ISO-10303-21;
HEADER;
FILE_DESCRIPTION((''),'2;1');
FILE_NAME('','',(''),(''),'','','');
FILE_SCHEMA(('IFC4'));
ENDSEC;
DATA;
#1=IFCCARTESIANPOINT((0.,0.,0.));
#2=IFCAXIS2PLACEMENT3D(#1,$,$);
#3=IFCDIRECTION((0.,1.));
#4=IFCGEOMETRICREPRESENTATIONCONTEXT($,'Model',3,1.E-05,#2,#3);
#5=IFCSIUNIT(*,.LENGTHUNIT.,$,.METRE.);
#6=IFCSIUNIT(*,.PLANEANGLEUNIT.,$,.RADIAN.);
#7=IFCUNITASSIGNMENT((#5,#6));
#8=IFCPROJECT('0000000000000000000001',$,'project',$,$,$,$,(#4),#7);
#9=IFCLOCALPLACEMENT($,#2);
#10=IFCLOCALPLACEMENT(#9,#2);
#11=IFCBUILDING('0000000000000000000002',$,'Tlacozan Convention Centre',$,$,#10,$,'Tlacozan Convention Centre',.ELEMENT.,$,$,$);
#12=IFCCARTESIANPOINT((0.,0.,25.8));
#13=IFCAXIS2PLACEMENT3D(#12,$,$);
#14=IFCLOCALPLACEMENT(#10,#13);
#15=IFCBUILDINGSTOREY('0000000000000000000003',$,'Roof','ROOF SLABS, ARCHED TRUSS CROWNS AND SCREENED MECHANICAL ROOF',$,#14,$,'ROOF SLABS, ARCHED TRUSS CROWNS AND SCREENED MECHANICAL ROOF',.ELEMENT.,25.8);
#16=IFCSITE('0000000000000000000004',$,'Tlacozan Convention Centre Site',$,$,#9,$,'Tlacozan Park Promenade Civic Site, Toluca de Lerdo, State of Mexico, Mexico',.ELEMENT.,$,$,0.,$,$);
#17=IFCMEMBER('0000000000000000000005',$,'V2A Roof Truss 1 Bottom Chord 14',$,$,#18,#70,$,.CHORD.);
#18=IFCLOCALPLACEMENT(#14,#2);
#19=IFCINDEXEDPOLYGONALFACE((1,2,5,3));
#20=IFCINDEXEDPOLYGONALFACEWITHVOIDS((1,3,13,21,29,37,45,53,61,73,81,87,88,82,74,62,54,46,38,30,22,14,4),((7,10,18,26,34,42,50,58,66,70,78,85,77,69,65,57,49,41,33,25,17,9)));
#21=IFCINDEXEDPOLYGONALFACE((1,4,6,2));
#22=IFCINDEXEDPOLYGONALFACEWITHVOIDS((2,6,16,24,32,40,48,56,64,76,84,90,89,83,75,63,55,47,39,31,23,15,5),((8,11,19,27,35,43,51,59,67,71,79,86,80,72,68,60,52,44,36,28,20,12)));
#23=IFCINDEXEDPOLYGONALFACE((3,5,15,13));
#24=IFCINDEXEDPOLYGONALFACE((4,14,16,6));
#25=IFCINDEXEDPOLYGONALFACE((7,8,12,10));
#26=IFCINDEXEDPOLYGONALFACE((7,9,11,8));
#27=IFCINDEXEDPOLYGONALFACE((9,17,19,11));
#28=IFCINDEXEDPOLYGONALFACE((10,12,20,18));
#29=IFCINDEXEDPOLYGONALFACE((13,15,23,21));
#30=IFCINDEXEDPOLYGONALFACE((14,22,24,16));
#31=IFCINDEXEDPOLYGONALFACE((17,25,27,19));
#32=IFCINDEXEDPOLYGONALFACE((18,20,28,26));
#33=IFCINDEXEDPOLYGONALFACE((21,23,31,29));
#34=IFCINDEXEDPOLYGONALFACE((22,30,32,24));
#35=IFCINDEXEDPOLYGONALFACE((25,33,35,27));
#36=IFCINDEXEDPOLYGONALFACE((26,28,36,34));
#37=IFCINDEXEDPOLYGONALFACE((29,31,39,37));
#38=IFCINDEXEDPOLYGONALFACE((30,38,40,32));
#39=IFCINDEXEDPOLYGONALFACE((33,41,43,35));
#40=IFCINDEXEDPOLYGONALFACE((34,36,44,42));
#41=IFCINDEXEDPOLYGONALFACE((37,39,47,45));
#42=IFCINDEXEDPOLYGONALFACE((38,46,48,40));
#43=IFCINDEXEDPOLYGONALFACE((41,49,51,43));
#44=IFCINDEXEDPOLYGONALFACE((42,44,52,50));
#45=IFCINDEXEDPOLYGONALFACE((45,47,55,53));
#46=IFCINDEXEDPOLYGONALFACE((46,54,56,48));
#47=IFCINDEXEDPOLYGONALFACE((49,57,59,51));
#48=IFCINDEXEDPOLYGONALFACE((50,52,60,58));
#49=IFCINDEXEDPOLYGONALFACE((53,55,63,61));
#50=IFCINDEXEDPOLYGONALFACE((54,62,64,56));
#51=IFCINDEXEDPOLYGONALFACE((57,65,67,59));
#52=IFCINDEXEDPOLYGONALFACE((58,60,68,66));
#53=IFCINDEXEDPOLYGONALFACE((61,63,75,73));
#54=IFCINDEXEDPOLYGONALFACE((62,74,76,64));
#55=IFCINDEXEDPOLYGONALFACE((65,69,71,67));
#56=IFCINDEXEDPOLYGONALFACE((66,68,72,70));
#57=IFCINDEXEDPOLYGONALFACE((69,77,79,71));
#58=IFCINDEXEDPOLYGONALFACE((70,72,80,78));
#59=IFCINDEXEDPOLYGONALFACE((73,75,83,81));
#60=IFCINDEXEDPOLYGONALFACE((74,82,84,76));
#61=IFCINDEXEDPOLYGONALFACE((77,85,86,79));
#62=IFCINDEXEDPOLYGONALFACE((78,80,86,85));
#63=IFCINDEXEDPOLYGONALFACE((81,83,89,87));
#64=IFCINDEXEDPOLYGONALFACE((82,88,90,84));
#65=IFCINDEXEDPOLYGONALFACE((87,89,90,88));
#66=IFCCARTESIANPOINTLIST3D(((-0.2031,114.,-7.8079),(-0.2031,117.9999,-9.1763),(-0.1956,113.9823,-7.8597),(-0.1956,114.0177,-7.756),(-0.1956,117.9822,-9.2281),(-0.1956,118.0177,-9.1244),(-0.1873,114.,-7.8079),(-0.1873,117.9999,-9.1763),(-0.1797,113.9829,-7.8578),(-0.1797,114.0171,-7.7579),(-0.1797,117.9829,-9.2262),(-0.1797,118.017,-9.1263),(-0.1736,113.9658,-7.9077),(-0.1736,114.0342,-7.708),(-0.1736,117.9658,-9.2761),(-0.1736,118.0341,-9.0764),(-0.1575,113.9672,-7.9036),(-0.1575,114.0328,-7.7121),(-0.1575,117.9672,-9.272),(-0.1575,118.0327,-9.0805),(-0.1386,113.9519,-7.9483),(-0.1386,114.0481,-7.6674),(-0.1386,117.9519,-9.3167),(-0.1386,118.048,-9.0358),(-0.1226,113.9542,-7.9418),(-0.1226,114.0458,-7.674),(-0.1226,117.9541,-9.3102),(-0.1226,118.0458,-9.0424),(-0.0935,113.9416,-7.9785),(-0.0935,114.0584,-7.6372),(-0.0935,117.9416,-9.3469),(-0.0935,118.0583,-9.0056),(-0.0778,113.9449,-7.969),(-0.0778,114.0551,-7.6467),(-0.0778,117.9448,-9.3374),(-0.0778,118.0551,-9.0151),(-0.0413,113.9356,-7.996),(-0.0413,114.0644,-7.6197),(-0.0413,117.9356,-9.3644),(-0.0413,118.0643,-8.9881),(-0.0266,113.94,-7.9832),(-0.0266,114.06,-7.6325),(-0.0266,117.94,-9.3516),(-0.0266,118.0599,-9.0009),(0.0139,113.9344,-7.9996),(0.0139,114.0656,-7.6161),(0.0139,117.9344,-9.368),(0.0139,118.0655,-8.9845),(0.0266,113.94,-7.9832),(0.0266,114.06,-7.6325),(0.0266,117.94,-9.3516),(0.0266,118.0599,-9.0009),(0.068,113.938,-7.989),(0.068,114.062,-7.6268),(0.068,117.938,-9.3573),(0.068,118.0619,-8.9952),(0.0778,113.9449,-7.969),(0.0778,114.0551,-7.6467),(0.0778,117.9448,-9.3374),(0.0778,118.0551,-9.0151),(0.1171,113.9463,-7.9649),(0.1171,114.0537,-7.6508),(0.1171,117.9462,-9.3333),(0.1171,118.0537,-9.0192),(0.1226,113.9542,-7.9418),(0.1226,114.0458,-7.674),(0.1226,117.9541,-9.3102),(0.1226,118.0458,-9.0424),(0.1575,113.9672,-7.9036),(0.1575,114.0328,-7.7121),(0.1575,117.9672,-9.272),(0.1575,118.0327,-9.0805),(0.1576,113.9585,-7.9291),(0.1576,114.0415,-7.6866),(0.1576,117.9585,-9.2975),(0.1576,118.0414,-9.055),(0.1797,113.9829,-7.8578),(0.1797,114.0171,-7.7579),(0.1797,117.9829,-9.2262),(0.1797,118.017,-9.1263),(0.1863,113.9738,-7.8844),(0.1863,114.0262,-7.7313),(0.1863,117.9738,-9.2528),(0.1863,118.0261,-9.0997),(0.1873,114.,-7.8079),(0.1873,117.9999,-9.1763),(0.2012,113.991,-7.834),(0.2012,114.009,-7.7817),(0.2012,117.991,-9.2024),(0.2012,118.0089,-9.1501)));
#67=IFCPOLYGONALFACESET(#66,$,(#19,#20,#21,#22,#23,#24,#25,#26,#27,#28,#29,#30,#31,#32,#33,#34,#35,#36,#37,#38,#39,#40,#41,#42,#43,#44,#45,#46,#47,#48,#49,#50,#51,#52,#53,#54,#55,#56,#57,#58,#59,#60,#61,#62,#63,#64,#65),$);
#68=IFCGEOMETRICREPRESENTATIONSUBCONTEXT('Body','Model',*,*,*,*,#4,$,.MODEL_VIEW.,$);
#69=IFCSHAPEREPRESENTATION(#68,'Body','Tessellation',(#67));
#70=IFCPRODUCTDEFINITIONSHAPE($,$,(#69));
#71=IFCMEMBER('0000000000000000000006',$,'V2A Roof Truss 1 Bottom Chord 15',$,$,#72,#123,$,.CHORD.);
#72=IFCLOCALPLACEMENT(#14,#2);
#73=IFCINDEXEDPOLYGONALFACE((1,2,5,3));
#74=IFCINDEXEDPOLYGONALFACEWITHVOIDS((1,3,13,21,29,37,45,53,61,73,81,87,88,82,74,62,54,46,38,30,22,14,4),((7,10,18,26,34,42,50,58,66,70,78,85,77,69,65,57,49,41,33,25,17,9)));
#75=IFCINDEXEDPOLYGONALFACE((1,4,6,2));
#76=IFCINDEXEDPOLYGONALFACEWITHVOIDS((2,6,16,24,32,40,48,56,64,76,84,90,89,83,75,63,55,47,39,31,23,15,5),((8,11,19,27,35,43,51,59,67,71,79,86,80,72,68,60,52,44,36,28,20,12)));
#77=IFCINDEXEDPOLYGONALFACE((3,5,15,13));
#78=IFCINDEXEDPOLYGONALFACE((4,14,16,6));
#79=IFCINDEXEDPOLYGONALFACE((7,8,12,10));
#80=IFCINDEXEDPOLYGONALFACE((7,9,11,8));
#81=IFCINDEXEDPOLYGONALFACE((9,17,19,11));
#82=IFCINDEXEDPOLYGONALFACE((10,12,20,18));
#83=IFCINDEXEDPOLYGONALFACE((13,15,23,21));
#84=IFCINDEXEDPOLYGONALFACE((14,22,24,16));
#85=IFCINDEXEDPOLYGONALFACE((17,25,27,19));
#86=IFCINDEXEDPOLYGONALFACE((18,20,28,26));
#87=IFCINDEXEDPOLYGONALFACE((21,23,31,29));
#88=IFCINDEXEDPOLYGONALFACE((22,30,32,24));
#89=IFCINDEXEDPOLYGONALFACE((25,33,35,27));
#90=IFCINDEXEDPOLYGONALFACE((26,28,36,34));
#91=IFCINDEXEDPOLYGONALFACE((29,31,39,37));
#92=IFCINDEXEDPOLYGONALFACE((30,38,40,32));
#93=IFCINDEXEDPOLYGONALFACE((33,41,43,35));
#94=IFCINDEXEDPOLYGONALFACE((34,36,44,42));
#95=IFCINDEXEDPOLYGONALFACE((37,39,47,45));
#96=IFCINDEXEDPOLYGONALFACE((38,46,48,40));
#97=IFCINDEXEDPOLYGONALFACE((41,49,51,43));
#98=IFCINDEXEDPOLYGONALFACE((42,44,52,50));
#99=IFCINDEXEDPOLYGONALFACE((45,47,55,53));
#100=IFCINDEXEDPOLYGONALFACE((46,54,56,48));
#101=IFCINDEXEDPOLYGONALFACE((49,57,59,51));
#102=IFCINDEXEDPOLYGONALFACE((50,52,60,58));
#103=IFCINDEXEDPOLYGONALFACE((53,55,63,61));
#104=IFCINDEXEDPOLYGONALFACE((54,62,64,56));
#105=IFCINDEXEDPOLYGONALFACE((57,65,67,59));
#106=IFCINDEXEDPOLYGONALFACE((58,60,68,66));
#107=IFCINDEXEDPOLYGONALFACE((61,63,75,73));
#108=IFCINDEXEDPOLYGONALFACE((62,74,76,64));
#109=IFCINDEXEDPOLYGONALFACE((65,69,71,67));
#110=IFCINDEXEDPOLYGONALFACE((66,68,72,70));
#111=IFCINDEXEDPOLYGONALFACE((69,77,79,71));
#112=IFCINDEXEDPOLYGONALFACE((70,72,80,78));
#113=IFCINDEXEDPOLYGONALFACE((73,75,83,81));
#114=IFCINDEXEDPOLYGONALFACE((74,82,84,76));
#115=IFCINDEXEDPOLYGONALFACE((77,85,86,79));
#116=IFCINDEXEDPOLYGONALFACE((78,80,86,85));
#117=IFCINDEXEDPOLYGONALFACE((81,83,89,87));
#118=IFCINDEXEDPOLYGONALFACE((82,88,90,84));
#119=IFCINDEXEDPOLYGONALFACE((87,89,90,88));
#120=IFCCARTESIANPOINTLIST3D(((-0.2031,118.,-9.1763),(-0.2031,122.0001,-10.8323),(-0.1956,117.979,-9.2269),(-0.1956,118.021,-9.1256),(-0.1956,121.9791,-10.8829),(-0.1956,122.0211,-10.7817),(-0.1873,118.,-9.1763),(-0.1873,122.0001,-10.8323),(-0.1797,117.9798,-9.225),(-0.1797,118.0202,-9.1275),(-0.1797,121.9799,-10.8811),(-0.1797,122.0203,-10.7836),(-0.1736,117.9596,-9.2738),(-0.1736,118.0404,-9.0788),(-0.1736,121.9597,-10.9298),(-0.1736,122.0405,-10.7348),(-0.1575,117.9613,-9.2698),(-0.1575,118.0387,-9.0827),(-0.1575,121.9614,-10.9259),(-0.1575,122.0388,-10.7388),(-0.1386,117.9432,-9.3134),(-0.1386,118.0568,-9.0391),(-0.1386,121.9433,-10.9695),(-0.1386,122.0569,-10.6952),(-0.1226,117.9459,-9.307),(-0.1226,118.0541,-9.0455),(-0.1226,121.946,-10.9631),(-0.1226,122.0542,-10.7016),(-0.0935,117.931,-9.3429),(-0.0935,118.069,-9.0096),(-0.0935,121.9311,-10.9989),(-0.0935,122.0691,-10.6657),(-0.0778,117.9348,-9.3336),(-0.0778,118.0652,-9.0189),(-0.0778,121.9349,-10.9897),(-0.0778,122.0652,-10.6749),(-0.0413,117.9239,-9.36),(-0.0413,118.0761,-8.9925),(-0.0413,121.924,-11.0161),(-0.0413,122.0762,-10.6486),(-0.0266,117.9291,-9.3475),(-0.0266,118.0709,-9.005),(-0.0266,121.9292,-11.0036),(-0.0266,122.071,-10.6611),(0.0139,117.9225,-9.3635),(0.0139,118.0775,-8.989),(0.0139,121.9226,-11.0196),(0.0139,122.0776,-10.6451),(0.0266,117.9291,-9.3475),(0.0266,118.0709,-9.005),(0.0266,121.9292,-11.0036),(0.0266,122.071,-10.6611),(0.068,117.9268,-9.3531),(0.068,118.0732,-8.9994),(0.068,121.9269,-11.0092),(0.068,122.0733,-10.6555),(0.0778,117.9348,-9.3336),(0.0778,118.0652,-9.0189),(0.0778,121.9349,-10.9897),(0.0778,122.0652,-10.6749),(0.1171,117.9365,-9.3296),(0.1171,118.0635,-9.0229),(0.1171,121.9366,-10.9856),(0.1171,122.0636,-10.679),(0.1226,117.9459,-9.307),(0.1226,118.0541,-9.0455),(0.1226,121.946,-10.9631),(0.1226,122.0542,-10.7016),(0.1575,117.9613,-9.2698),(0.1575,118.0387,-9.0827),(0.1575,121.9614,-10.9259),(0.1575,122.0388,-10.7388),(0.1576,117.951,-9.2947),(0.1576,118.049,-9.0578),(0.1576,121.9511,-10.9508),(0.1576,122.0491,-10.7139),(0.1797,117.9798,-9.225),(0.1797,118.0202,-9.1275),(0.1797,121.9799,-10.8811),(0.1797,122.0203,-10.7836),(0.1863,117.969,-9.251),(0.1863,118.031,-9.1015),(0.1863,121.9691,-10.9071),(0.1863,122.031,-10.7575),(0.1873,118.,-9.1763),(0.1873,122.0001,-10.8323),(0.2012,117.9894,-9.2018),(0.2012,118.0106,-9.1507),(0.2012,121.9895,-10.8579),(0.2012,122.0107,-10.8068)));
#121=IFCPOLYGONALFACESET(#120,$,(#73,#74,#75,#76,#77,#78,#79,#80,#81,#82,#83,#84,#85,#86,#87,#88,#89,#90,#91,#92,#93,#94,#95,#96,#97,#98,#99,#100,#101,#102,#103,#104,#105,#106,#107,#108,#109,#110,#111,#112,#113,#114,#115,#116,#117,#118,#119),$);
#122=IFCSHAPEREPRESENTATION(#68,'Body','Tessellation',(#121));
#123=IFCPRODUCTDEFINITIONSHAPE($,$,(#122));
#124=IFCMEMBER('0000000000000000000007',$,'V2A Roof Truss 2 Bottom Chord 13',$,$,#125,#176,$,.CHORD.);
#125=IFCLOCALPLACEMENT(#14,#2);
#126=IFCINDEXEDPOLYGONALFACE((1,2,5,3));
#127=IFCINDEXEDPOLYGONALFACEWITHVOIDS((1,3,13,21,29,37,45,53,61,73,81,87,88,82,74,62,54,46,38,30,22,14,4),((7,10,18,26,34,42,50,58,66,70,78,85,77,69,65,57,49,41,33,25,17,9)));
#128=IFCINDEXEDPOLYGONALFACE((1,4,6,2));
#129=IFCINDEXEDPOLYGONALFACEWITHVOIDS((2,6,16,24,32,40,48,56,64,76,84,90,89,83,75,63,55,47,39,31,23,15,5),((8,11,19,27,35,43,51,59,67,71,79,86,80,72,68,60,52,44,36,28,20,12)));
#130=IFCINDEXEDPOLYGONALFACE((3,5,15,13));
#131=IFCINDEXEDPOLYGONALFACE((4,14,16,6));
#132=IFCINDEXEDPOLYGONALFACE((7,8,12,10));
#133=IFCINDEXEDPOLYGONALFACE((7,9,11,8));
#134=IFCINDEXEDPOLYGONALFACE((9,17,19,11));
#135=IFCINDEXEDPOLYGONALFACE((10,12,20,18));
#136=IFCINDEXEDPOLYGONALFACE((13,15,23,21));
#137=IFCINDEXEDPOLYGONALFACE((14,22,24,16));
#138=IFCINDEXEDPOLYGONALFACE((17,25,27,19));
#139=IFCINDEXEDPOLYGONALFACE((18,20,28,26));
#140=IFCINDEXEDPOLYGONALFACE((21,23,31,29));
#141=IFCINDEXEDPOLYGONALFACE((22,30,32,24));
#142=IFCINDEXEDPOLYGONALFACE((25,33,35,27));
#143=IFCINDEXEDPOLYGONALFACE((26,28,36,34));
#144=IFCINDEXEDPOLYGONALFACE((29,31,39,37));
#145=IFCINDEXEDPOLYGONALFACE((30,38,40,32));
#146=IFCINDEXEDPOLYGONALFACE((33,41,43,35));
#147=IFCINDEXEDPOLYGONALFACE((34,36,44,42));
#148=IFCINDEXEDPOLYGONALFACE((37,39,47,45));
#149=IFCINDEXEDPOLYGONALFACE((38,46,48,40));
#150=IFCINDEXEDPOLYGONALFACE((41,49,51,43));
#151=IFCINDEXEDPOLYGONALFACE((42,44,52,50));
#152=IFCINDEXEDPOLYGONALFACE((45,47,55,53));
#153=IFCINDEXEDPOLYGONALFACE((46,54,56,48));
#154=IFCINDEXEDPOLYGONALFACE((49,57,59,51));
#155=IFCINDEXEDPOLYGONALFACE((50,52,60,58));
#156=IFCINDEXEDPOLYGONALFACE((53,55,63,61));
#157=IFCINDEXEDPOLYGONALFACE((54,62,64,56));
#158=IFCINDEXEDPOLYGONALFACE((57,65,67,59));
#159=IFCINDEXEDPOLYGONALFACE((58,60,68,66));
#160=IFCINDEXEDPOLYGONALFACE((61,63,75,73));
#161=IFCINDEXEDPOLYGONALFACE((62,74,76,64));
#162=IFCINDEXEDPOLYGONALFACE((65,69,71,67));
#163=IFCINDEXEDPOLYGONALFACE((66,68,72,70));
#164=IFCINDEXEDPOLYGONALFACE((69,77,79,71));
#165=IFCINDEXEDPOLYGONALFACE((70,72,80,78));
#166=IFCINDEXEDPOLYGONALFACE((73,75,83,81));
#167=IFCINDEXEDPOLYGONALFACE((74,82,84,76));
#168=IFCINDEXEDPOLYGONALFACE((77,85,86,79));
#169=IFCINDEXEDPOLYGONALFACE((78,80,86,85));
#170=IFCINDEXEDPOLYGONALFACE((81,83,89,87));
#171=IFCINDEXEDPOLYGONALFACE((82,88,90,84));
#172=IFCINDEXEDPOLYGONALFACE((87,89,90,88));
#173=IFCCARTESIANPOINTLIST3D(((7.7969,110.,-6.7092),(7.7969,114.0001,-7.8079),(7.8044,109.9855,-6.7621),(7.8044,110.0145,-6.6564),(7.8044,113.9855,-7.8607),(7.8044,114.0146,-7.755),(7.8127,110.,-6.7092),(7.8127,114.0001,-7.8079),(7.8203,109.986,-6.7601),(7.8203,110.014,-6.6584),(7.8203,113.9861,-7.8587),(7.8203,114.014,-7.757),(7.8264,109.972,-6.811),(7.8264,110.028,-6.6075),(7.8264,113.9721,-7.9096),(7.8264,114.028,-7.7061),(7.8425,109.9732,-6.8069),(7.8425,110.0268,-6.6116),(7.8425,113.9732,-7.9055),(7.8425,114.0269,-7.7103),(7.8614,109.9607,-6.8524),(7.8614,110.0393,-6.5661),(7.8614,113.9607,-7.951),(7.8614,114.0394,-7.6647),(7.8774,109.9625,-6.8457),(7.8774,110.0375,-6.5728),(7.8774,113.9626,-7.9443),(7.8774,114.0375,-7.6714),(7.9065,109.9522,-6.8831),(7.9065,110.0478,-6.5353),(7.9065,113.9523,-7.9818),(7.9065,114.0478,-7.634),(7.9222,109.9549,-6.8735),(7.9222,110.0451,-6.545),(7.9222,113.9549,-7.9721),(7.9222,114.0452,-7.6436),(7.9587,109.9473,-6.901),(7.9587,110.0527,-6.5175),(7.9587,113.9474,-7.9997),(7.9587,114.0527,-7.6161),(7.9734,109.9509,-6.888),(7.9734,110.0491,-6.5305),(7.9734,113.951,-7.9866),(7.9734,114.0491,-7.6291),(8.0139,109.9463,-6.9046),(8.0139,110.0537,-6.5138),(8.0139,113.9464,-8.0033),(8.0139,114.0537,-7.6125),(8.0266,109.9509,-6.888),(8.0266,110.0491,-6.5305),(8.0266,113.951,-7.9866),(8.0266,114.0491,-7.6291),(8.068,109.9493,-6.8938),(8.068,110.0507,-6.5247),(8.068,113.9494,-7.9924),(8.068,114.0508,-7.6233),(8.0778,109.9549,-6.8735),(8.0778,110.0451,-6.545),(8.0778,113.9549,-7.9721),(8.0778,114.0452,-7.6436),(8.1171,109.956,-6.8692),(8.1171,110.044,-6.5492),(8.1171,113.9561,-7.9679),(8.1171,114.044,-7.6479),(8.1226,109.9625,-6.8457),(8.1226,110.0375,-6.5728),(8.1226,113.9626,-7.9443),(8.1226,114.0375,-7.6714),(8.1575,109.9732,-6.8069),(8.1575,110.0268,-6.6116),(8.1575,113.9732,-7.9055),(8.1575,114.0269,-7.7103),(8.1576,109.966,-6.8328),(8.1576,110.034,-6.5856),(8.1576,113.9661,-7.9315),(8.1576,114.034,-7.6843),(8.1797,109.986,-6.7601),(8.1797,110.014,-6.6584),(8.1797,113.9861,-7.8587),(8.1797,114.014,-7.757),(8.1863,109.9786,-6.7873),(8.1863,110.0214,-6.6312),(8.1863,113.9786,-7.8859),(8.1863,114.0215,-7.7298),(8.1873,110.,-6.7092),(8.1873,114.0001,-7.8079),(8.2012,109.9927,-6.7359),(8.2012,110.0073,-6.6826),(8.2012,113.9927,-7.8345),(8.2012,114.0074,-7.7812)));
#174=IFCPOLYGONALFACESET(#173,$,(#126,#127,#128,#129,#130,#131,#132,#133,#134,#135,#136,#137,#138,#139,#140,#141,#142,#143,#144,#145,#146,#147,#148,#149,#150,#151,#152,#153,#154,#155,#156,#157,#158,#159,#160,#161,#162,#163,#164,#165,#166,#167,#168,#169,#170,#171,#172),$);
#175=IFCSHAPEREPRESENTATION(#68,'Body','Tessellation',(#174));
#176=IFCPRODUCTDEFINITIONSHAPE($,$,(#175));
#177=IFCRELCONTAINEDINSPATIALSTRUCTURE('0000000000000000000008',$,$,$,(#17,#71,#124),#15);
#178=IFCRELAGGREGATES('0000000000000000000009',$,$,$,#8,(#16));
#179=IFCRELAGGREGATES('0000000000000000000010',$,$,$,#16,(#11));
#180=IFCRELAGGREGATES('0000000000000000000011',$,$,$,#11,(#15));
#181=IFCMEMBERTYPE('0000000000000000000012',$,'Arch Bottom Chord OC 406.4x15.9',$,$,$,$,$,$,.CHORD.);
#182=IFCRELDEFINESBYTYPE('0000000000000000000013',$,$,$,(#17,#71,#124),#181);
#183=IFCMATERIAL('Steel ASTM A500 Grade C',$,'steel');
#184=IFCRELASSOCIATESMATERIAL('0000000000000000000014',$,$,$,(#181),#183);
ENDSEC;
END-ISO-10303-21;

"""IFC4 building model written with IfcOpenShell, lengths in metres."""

from ifc_helpers import new_model, si_unit, direction, frame, origin, origin_2d, place, context, subcontext, project, spatial, hollow_circle, extrude, material, material_profile, profile_set, type_object, element, save


model = new_model("IFC4")

# Units and contexts
model_context = context("Model", 3, precision=1e-05, world=origin(), true_north=direction((0.0, 1.0)))
body_context = subcontext(model_context, "Body", "Model", "MODEL_VIEW")
ifc_project = project(units=[si_unit("LENGTHUNIT", "METRE"), si_unit("PLANEANGLEUNIT", "RADIAN")], contexts=[model_context])

# Site, building, storey
site_placement = place(None, origin())
site = spatial("IfcSite", under=ifc_project, at=site_placement, Name="Tlacozan Convention Centre Site", LongName="Tlacozan Park Promenade Civic Site, Toluca de Lerdo, State of Mexico, Mexico", CompositionType="ELEMENT", RefElevation=0.0)
building_placement = place(site_placement, origin())
building = spatial("IfcBuilding", under=site, at=building_placement, Name="Tlacozan Convention Centre", LongName="Tlacozan Convention Centre", CompositionType="ELEMENT")
storey_placement = place(building_placement, frame((0.0, 0.0, 25.8)))
storey = spatial("IfcBuildingStorey", under=building, at=storey_placement, Name="Roof", Description="ROOF SLABS, ARCHED TRUSS CROWNS AND SCREENED MECHANICAL ROOF", LongName="ROOF SLABS, ARCHED TRUSS CROWNS AND SCREENED MECHANICAL ROOF", CompositionType="ELEMENT", Elevation=25.8)

# Members
ifc_material_1 = material(Name="Steel ASTM A500 Grade C", Category="steel")
ifc_material_profile_1 = material_profile(ifc_material_1, hollow_circle(Radius=0.2031, WallThickness=0.0159, at=origin_2d()), Name="OC 406.4x15.9")
ifc_profile_set_1 = profile_set([ifc_material_profile_1], Name="Steel ASTM A500 Grade C")
member_type_1 = type_object("IfcMemberType", Name="Arch Bottom Chord OC 406.4x15.9", PredefinedType="CHORD", material=ifc_profile_set_1)
member_1_placement = place(storey_placement, frame((0.0, 114.0, -7.8079), z_axis=(0.0, 0.946165, -0.323685), x_axis=(-1.0, 0.0, 0.0)))
element("IfcMember", 1, at=member_1_placement, inside=storey, type_object=member_type_1, Name="V2A Roof Truss 1 Bottom Chord 14", PredefinedType="CHORD", context=body_context, shape_type="SweptSolid", body=[
    extrude(hollow_circle(Radius=0.2031, WallThickness=0.0159, at=origin_2d()), origin(), (0.0, 0.0, 1.0), 4.2275),
])
member_2_placement = place(storey_placement, frame((0.0, 118.0, -9.1763), z_axis=(0.0, 0.923949, -0.382516), x_axis=(-1.0, 0.0, 0.0)))
element("IfcMember", 2, at=member_2_placement, inside=storey, type_object=member_type_1, Name="V2A Roof Truss 1 Bottom Chord 15", PredefinedType="CHORD", context=body_context, shape_type="SweptSolid", body=[
    extrude(hollow_circle(Radius=0.2031, WallThickness=0.0159, at=origin_2d()), origin(), (0.0, 0.0, 1.0), 4.3293),
])
member_3_placement = place(storey_placement, frame((8.0, 110.0, -6.7092), z_axis=(0.0, 0.96429, -0.26485), x_axis=(-1.0, 0.0, 0.0)))
element("IfcMember", 3, at=member_3_placement, inside=storey, type_object=member_type_1, Name="V2A Roof Truss 2 Bottom Chord 13", PredefinedType="CHORD", context=body_context, shape_type="SweptSolid", body=[
    extrude(hollow_circle(Radius=0.2031, WallThickness=0.0159, at=origin_2d()), origin(), (0.0, 0.0, 1.0), 4.1482),
])

save(model, "model.ifc")
